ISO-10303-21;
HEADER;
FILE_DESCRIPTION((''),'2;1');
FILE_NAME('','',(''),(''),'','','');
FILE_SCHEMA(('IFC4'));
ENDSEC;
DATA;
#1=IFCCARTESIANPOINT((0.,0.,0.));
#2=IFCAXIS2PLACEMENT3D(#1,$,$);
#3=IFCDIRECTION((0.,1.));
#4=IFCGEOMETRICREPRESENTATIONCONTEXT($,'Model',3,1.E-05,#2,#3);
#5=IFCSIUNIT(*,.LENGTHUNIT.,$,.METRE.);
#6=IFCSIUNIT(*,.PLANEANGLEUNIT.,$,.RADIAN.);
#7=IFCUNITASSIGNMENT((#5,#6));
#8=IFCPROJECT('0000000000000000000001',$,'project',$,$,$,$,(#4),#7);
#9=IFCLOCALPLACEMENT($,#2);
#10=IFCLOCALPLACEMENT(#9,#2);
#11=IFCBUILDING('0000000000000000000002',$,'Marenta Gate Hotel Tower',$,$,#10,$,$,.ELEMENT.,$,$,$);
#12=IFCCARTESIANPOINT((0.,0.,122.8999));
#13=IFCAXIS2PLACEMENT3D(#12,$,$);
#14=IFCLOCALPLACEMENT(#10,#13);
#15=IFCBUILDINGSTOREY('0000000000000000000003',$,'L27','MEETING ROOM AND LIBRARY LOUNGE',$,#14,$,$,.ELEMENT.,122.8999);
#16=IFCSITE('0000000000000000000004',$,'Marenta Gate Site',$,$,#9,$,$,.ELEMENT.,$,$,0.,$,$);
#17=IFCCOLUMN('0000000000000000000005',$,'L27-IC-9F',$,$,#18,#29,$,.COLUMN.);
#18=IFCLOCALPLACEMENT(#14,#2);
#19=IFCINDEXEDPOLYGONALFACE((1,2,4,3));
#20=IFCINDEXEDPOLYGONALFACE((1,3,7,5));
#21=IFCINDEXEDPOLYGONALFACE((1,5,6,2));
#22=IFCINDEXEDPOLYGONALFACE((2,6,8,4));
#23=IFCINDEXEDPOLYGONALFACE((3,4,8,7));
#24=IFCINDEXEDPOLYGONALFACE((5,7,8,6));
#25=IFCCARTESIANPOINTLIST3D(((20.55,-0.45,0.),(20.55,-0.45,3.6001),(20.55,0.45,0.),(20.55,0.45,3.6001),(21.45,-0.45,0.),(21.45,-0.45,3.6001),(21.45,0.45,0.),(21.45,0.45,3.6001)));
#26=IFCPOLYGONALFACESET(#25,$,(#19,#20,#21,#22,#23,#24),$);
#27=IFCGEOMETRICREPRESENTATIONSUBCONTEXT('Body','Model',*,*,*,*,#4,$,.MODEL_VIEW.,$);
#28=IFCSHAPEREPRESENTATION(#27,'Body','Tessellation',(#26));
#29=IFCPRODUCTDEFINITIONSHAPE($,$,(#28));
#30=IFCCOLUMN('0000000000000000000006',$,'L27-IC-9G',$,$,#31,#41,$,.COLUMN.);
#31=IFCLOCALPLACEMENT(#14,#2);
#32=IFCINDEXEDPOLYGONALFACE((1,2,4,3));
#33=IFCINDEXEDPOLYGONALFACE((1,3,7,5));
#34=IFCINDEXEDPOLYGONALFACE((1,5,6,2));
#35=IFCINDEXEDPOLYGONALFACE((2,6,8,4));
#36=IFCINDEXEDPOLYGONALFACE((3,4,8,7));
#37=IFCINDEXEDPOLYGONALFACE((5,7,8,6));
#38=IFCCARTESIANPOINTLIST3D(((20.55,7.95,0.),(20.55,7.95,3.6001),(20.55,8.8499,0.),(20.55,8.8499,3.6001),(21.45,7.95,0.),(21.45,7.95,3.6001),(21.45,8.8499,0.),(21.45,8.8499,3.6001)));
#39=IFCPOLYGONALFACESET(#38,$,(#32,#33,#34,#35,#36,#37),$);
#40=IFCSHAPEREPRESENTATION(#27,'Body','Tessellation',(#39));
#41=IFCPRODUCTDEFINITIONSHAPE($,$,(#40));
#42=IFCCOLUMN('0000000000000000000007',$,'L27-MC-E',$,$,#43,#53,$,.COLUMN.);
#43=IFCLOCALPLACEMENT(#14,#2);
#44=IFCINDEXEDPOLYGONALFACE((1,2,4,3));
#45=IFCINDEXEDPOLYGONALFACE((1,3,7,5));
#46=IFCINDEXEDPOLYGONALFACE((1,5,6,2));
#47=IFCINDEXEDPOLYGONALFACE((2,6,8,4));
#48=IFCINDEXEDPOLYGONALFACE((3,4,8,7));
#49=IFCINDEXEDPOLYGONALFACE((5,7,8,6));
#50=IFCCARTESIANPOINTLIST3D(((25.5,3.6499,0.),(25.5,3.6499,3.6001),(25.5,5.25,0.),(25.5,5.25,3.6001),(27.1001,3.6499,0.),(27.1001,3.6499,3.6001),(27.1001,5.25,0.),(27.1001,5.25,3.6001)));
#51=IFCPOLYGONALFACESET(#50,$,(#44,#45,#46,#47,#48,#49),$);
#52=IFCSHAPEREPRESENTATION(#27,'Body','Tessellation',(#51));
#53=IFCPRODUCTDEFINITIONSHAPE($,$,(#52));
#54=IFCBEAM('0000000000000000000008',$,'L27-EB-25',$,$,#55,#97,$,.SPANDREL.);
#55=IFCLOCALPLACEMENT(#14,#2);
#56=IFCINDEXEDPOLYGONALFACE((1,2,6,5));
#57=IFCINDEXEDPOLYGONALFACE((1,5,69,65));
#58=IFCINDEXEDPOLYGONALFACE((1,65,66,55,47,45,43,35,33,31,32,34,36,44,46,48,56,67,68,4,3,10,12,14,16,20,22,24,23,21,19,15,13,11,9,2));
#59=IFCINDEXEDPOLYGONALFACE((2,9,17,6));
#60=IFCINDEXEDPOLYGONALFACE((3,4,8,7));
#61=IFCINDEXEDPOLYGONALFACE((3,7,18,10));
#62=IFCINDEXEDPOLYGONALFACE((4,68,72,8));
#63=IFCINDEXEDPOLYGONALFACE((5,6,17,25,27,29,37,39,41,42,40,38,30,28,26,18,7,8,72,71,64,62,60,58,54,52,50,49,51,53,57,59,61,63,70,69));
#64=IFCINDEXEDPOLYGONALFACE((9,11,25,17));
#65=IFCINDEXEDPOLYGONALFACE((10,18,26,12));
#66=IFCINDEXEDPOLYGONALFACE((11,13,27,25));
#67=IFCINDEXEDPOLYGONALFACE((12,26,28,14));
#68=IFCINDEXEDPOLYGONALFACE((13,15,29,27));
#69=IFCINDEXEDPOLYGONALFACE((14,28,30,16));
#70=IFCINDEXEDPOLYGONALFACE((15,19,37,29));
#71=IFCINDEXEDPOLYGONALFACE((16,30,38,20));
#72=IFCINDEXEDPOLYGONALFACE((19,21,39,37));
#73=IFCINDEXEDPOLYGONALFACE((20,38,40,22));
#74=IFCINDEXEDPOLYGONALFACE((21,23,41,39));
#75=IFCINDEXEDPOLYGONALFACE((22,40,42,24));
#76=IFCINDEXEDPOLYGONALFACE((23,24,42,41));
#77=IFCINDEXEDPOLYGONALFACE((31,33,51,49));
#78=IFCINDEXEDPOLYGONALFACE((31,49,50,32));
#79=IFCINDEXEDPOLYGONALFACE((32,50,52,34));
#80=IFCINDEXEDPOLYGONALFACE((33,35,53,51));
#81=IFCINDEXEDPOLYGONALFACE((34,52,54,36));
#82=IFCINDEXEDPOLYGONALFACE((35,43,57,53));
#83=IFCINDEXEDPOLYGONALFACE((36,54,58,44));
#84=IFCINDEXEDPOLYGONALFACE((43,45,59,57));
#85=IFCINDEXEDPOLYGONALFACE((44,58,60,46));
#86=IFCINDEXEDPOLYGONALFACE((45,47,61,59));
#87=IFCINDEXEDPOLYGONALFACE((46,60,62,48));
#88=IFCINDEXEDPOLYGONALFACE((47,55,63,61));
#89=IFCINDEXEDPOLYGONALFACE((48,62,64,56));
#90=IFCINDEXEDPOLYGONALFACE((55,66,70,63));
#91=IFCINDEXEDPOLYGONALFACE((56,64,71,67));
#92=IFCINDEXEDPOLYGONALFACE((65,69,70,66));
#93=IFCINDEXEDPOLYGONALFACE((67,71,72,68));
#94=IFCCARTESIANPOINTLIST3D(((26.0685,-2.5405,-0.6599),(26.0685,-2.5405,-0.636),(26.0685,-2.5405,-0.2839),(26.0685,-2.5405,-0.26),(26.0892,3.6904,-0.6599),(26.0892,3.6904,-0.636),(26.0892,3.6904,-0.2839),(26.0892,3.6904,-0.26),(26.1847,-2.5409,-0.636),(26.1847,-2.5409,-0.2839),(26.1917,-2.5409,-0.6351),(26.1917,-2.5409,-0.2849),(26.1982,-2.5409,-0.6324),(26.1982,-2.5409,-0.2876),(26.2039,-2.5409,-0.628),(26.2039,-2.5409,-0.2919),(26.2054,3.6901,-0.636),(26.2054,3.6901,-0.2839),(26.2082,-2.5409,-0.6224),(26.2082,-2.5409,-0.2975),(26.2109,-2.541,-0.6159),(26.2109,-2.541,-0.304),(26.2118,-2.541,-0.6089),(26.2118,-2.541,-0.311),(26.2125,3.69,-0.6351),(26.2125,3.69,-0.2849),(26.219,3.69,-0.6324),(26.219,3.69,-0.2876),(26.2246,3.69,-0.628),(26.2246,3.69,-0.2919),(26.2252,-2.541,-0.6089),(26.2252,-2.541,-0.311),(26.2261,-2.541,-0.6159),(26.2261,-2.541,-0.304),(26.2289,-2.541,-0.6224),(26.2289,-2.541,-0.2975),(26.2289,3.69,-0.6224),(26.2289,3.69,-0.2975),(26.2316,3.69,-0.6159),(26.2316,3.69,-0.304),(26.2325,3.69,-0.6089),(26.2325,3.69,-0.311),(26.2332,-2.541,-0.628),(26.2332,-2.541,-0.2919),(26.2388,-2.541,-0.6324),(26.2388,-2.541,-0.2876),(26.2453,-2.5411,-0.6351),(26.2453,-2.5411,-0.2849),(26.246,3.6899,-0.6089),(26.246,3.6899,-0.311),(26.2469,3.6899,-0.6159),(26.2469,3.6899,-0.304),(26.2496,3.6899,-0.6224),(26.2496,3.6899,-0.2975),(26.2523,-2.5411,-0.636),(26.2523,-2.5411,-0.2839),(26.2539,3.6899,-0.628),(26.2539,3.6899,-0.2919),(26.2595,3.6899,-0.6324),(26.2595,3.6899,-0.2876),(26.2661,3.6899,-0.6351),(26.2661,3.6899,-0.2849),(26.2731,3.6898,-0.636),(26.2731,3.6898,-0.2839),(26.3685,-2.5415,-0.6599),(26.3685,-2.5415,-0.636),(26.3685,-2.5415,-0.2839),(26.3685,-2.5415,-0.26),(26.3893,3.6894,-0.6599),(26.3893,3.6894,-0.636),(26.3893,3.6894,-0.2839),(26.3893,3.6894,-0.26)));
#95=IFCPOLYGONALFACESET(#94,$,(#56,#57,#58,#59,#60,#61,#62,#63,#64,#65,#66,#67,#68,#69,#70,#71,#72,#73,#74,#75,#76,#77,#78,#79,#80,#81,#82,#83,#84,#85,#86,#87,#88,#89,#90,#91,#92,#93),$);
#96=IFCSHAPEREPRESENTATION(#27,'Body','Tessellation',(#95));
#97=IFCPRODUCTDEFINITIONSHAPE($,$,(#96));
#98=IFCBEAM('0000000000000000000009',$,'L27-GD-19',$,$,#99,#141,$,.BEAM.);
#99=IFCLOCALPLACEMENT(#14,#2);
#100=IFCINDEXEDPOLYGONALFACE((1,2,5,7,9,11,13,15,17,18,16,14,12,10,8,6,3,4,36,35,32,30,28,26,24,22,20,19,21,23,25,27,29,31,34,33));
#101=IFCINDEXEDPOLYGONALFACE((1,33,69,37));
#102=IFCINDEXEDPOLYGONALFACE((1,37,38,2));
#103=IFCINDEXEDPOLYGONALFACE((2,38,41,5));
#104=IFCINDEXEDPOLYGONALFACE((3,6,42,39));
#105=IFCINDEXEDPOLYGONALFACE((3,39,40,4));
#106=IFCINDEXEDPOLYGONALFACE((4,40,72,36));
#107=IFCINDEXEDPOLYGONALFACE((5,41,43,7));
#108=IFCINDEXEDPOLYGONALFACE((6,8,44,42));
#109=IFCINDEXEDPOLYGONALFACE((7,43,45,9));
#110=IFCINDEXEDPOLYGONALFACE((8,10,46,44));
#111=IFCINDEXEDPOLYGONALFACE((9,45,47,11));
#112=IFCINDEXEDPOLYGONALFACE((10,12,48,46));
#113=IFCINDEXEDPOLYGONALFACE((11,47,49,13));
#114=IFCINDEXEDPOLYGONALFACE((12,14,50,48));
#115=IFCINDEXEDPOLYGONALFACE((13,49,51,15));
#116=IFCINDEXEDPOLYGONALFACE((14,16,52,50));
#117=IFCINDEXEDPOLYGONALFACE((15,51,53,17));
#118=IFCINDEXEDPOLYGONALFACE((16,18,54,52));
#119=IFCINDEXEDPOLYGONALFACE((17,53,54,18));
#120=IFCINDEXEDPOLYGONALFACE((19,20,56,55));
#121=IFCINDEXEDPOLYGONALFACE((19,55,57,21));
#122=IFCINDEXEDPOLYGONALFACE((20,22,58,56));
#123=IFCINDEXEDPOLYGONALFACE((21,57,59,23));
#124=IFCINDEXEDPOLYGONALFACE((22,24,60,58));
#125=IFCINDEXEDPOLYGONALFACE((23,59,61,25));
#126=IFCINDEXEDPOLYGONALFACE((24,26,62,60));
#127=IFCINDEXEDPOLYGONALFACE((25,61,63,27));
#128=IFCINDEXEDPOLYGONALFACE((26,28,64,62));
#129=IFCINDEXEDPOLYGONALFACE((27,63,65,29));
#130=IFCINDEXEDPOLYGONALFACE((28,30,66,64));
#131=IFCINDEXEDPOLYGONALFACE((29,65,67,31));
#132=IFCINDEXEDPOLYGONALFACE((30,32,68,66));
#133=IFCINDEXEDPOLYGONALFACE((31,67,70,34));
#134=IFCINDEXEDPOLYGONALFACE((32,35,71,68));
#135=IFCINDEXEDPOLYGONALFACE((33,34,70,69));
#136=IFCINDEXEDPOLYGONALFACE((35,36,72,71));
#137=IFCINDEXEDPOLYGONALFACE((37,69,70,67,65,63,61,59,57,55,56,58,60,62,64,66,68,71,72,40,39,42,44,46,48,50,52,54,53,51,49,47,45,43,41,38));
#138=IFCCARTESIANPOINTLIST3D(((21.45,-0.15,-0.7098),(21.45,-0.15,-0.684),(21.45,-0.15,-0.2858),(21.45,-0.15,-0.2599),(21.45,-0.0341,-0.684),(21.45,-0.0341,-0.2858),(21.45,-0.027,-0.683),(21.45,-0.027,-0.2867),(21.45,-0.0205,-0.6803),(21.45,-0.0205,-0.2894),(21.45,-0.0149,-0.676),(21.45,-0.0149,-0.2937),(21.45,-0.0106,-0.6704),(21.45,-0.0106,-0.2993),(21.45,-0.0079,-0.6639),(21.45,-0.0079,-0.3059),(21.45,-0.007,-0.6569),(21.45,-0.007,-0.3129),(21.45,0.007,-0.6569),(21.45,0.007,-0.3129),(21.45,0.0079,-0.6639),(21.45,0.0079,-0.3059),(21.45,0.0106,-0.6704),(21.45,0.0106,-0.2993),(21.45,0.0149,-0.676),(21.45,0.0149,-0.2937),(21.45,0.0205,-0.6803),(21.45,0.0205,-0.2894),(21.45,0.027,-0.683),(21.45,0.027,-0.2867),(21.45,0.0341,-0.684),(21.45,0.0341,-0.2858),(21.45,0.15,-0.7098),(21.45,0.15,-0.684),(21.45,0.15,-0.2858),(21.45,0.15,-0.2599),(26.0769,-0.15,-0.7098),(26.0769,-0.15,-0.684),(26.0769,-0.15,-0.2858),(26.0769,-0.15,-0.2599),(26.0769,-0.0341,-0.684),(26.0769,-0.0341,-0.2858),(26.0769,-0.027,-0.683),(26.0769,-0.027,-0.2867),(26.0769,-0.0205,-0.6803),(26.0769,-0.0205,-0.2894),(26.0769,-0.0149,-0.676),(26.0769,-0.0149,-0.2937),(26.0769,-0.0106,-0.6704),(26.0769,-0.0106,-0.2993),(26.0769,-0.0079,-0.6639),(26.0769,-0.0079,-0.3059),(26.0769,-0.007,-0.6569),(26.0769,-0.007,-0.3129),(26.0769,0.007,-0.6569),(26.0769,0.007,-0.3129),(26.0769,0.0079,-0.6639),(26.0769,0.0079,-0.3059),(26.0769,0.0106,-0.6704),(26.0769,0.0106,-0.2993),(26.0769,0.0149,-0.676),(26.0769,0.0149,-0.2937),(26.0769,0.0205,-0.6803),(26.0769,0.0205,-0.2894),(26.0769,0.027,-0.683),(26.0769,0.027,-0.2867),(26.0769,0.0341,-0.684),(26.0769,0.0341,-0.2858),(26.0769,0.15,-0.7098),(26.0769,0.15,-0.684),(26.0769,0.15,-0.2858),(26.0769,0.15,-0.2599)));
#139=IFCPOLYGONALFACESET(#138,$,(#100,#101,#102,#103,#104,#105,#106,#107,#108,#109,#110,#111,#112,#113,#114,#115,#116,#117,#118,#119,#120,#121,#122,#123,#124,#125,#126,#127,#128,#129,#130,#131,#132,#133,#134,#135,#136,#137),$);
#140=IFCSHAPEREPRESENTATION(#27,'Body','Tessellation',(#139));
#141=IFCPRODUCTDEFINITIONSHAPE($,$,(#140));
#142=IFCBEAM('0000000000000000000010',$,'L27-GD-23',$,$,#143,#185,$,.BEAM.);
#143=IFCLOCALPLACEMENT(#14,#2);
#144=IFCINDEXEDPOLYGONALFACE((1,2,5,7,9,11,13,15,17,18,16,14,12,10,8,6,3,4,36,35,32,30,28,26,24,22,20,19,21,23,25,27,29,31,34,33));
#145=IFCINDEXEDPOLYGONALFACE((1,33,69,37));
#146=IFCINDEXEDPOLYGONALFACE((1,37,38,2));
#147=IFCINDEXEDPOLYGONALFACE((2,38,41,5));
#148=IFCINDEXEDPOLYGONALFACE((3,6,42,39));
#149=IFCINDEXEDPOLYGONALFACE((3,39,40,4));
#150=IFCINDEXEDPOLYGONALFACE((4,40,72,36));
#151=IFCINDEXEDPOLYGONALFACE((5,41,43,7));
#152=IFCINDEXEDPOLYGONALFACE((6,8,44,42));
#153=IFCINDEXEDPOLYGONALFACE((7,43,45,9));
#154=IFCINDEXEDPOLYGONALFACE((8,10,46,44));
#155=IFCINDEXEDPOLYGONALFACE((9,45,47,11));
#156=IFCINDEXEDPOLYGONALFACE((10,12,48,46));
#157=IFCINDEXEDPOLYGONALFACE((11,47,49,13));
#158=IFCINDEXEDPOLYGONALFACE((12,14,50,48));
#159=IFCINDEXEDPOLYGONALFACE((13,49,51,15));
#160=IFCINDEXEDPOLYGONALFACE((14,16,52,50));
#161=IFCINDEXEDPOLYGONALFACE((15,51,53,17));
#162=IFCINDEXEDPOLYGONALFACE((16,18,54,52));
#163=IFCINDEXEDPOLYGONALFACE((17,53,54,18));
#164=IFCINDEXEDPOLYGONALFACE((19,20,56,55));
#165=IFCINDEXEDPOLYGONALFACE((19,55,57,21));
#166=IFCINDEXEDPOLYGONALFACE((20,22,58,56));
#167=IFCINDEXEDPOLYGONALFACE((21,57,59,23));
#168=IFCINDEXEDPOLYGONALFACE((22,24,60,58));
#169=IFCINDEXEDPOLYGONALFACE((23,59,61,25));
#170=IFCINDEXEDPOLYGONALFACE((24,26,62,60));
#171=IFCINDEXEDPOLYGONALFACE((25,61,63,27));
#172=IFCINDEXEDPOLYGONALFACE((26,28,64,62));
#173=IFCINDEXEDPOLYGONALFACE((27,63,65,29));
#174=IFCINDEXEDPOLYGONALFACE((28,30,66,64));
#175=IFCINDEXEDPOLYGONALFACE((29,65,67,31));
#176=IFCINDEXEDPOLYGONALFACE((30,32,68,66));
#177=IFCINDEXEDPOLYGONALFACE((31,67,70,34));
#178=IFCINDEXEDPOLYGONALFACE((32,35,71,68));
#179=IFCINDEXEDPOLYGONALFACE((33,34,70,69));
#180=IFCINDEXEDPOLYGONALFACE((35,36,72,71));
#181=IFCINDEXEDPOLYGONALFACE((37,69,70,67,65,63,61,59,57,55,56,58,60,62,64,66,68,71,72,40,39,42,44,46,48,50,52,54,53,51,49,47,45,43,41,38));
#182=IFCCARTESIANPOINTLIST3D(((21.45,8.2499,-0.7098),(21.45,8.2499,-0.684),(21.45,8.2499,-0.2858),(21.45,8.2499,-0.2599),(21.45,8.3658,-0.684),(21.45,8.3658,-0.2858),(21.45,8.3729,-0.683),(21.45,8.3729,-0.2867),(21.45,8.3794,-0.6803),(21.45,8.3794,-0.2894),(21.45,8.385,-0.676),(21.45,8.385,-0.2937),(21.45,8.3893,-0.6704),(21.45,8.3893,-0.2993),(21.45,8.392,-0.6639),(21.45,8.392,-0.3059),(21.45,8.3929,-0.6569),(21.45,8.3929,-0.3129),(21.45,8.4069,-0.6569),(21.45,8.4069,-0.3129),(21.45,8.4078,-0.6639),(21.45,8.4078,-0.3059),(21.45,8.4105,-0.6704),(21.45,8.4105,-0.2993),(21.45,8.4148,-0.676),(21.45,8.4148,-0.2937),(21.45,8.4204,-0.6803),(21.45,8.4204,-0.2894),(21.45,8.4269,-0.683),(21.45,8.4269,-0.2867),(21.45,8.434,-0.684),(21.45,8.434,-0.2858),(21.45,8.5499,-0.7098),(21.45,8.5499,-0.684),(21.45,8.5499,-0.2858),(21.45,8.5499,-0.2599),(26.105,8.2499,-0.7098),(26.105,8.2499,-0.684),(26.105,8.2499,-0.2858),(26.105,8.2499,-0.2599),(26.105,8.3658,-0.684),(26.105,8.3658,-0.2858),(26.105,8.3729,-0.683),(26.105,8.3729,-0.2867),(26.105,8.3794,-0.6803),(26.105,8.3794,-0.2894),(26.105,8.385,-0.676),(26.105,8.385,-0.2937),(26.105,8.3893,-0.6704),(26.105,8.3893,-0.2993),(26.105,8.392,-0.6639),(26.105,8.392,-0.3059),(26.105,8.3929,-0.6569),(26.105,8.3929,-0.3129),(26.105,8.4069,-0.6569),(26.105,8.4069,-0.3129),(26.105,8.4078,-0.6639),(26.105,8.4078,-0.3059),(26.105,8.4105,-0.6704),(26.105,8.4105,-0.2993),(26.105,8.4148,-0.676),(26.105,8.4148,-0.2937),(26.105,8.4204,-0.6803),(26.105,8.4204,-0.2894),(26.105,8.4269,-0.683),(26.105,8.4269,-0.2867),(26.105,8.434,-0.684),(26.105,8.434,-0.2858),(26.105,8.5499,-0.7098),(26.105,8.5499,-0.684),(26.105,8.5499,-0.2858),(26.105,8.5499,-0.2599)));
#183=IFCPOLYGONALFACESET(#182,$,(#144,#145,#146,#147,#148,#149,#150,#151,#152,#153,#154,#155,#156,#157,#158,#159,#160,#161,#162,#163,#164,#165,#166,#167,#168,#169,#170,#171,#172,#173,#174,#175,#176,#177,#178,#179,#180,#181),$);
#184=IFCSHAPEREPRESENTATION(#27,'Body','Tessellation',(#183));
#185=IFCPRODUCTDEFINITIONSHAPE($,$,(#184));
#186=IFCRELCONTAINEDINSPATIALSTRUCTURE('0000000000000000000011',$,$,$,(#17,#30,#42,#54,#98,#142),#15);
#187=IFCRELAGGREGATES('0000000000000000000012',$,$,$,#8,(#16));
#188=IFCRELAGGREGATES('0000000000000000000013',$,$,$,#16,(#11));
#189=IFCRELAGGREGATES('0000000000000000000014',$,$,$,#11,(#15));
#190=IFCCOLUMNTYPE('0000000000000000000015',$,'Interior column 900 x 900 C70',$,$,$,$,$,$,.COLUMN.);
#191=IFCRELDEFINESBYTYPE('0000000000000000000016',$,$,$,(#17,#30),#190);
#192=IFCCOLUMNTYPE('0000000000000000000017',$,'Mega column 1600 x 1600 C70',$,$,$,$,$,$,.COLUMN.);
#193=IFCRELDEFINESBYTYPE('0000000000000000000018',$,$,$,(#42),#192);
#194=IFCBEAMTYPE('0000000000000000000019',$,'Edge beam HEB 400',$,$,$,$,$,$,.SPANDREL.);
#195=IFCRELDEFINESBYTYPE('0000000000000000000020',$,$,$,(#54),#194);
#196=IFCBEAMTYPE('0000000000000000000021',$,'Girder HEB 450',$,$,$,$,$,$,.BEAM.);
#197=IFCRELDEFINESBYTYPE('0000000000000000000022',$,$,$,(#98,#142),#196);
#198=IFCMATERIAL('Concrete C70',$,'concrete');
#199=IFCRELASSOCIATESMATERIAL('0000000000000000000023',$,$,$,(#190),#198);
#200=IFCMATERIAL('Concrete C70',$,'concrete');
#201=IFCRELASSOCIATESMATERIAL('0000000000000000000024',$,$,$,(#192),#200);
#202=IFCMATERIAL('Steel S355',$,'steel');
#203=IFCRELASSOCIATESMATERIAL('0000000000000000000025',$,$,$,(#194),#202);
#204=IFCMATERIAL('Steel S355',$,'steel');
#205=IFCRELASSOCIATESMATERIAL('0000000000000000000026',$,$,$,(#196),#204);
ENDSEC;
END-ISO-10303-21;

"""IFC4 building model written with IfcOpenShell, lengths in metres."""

from ifc_helpers import new_model, si_unit, direction, frame, origin, origin_2d, place, context, subcontext, project, spatial, rectangle, i_section, extrude, material, material_profile, profile_set, type_object, element, save


model = new_model("IFC4")

# Units and contexts
model_context = context("Model", 3, precision=1e-05, world=origin(), true_north=direction((0.0, 1.0)))
body_context = subcontext(model_context, "Body", "Model", "MODEL_VIEW")
ifc_project = project(units=[si_unit("LENGTHUNIT", "METRE"), si_unit("PLANEANGLEUNIT", "RADIAN")], contexts=[model_context])

# Site, building, storey
site_placement = place(None, origin())
site = spatial("IfcSite", under=ifc_project, at=site_placement, Name="Marenta Gate Site", CompositionType="ELEMENT", RefElevation=0.0)
building_placement = place(site_placement, origin())
building = spatial("IfcBuilding", under=site, at=building_placement, Name="Marenta Gate Hotel Tower", CompositionType="ELEMENT")
storey_placement = place(building_placement, frame((0.0, 0.0, 122.8999)))
storey = spatial("IfcBuildingStorey", under=building, at=storey_placement, Name="L27", Description="MEETING ROOM AND LIBRARY LOUNGE", CompositionType="ELEMENT", Elevation=122.8999)

# Columns
ifc_material_1 = material(Name="Concrete C70", Category="concrete")
ifc_material_profile_1 = material_profile(ifc_material_1, rectangle(XDim=0.8999, YDim=0.8999, at=origin_2d()), Name="900 x 900")
ifc_profile_set_1 = profile_set([ifc_material_profile_1], Name="Concrete C70")
column_type_1 = type_object("IfcColumnType", Name="Interior column 900 x 900 C70", PredefinedType="COLUMN", material=ifc_profile_set_1)
for number, where, z_axis, x_axis, name in (
    (1, (21.0, 0.0, 0.0), (0.0, 0.0, 1.0), (1.0, 0.0, 0.0), "L27-IC-9F"),
    (2, (21.0, 8.3999, 0.0), (0.0, 0.0, 1.0), (1.0, 0.0, 0.0), "L27-IC-9G"),
):
    element("IfcColumn", number, at=place(storey_placement, frame(where, z_axis=z_axis, x_axis=x_axis)), inside=storey, type_object=column_type_1, Name=name, PredefinedType="COLUMN", context=body_context, shape_type="SweptSolid", body=[
        extrude(rectangle(XDim=0.8999, YDim=0.8999, at=origin_2d()), origin(), (0.0, 0.0, 1.0), 3.6001),
    ])
ifc_material_2 = material(Name="Concrete C70", Category="concrete")
ifc_material_profile_2 = material_profile(ifc_material_2, rectangle(XDim=1.6001, YDim=1.6001, at=origin_2d()), Name="1600 x 1600")
ifc_profile_set_2 = profile_set([ifc_material_profile_2], Name="Concrete C70")
column_type_2 = type_object("IfcColumnType", Name="Mega column 1600 x 1600 C70", PredefinedType="COLUMN", material=ifc_profile_set_2)
column_placement = place(storey_placement, frame((26.3, 4.45, 0.0), z_axis=(0.0, 0.0, 1.0), x_axis=(1.0, 0.0, 0.0)))
element("IfcColumn", 3, at=column_placement, inside=storey, type_object=column_type_2, Name="L27-MC-E", PredefinedType="COLUMN", context=body_context, shape_type="SweptSolid", body=[
    extrude(rectangle(XDim=1.6001, YDim=1.6001, at=origin_2d()), origin(), (0.0, 0.0, 1.0), 3.6001),
])

# Beams
ifc_material_3 = material(Name="Steel S355", Category="steel")
ifc_material_profile_3 = material_profile(ifc_material_3, i_section(OverallWidth=0.3, OverallDepth=0.3999, WebThickness=0.0134, FlangeThickness=0.0239, FilletRadius=0.0271, at=origin_2d()), Name="HEB 400")
ifc_profile_set_3 = profile_set([ifc_material_profile_3], Name="Steel S355")
beam_type_1 = type_object("IfcBeamType", Name="Edge beam HEB 400", PredefinedType="SPANDREL", material=ifc_profile_set_3)
beam_1_placement = place(storey_placement, frame((26.2393, 3.6899, -0.46), z_axis=(-0.00333, -0.999994, 0.0), x_axis=(0.999994, -0.00333, 0.0)))
element("IfcBeam", 4, at=beam_1_placement, inside=storey, type_object=beam_type_1, Name="L27-EB-25", PredefinedType="SPANDREL", context=body_context, shape_type="SweptSolid", body=[
    extrude(i_section(OverallWidth=0.3, OverallDepth=0.3999, WebThickness=0.0134, FlangeThickness=0.0239, FilletRadius=0.0271, at=origin_2d()), origin(), (0.0, 0.0, 1.0), 6.231),
])
ifc_material_4 = material(Name="Steel S355", Category="steel")
ifc_material_profile_4 = material_profile(ifc_material_4, i_section(OverallWidth=0.3, OverallDepth=0.45, WebThickness=0.0139, FlangeThickness=0.0259, FilletRadius=0.0271, at=origin_2d()), Name="HEB 450")
ifc_profile_set_4 = profile_set([ifc_material_profile_4], Name="Steel S355")
beam_type_2 = type_object("IfcBeamType", Name="Girder HEB 450", PredefinedType="BEAM", material=ifc_profile_set_4)
beam_2_placement = place(storey_placement, frame((21.45, 0.0, -0.4849), z_axis=(1.0, 0.0, 0.0), x_axis=(0.0, 1.0, 0.0)))
element("IfcBeam", 5, at=beam_2_placement, inside=storey, type_object=beam_type_2, Name="L27-GD-19", PredefinedType="BEAM", context=body_context, shape_type="SweptSolid", body=[
    extrude(i_section(OverallWidth=0.3, OverallDepth=0.45, WebThickness=0.0139, FlangeThickness=0.0259, FilletRadius=0.0271, at=origin_2d()), origin(), (0.0, 0.0, 1.0), 4.627),
])
beam_3_placement = place(storey_placement, frame((21.45, 8.3999, -0.4849), z_axis=(1.0, 0.0, 0.0), x_axis=(0.0, 1.0, 0.0)))
element("IfcBeam", 6, at=beam_3_placement, inside=storey, type_object=beam_type_2, Name="L27-GD-23", PredefinedType="BEAM", context=body_context, shape_type="SweptSolid", body=[
    extrude(i_section(OverallWidth=0.3, OverallDepth=0.45, WebThickness=0.0139, FlangeThickness=0.0259, FilletRadius=0.0271, at=origin_2d()), origin(), (0.0, 0.0, 1.0), 4.655),
])

save(model, "model.ifc")
